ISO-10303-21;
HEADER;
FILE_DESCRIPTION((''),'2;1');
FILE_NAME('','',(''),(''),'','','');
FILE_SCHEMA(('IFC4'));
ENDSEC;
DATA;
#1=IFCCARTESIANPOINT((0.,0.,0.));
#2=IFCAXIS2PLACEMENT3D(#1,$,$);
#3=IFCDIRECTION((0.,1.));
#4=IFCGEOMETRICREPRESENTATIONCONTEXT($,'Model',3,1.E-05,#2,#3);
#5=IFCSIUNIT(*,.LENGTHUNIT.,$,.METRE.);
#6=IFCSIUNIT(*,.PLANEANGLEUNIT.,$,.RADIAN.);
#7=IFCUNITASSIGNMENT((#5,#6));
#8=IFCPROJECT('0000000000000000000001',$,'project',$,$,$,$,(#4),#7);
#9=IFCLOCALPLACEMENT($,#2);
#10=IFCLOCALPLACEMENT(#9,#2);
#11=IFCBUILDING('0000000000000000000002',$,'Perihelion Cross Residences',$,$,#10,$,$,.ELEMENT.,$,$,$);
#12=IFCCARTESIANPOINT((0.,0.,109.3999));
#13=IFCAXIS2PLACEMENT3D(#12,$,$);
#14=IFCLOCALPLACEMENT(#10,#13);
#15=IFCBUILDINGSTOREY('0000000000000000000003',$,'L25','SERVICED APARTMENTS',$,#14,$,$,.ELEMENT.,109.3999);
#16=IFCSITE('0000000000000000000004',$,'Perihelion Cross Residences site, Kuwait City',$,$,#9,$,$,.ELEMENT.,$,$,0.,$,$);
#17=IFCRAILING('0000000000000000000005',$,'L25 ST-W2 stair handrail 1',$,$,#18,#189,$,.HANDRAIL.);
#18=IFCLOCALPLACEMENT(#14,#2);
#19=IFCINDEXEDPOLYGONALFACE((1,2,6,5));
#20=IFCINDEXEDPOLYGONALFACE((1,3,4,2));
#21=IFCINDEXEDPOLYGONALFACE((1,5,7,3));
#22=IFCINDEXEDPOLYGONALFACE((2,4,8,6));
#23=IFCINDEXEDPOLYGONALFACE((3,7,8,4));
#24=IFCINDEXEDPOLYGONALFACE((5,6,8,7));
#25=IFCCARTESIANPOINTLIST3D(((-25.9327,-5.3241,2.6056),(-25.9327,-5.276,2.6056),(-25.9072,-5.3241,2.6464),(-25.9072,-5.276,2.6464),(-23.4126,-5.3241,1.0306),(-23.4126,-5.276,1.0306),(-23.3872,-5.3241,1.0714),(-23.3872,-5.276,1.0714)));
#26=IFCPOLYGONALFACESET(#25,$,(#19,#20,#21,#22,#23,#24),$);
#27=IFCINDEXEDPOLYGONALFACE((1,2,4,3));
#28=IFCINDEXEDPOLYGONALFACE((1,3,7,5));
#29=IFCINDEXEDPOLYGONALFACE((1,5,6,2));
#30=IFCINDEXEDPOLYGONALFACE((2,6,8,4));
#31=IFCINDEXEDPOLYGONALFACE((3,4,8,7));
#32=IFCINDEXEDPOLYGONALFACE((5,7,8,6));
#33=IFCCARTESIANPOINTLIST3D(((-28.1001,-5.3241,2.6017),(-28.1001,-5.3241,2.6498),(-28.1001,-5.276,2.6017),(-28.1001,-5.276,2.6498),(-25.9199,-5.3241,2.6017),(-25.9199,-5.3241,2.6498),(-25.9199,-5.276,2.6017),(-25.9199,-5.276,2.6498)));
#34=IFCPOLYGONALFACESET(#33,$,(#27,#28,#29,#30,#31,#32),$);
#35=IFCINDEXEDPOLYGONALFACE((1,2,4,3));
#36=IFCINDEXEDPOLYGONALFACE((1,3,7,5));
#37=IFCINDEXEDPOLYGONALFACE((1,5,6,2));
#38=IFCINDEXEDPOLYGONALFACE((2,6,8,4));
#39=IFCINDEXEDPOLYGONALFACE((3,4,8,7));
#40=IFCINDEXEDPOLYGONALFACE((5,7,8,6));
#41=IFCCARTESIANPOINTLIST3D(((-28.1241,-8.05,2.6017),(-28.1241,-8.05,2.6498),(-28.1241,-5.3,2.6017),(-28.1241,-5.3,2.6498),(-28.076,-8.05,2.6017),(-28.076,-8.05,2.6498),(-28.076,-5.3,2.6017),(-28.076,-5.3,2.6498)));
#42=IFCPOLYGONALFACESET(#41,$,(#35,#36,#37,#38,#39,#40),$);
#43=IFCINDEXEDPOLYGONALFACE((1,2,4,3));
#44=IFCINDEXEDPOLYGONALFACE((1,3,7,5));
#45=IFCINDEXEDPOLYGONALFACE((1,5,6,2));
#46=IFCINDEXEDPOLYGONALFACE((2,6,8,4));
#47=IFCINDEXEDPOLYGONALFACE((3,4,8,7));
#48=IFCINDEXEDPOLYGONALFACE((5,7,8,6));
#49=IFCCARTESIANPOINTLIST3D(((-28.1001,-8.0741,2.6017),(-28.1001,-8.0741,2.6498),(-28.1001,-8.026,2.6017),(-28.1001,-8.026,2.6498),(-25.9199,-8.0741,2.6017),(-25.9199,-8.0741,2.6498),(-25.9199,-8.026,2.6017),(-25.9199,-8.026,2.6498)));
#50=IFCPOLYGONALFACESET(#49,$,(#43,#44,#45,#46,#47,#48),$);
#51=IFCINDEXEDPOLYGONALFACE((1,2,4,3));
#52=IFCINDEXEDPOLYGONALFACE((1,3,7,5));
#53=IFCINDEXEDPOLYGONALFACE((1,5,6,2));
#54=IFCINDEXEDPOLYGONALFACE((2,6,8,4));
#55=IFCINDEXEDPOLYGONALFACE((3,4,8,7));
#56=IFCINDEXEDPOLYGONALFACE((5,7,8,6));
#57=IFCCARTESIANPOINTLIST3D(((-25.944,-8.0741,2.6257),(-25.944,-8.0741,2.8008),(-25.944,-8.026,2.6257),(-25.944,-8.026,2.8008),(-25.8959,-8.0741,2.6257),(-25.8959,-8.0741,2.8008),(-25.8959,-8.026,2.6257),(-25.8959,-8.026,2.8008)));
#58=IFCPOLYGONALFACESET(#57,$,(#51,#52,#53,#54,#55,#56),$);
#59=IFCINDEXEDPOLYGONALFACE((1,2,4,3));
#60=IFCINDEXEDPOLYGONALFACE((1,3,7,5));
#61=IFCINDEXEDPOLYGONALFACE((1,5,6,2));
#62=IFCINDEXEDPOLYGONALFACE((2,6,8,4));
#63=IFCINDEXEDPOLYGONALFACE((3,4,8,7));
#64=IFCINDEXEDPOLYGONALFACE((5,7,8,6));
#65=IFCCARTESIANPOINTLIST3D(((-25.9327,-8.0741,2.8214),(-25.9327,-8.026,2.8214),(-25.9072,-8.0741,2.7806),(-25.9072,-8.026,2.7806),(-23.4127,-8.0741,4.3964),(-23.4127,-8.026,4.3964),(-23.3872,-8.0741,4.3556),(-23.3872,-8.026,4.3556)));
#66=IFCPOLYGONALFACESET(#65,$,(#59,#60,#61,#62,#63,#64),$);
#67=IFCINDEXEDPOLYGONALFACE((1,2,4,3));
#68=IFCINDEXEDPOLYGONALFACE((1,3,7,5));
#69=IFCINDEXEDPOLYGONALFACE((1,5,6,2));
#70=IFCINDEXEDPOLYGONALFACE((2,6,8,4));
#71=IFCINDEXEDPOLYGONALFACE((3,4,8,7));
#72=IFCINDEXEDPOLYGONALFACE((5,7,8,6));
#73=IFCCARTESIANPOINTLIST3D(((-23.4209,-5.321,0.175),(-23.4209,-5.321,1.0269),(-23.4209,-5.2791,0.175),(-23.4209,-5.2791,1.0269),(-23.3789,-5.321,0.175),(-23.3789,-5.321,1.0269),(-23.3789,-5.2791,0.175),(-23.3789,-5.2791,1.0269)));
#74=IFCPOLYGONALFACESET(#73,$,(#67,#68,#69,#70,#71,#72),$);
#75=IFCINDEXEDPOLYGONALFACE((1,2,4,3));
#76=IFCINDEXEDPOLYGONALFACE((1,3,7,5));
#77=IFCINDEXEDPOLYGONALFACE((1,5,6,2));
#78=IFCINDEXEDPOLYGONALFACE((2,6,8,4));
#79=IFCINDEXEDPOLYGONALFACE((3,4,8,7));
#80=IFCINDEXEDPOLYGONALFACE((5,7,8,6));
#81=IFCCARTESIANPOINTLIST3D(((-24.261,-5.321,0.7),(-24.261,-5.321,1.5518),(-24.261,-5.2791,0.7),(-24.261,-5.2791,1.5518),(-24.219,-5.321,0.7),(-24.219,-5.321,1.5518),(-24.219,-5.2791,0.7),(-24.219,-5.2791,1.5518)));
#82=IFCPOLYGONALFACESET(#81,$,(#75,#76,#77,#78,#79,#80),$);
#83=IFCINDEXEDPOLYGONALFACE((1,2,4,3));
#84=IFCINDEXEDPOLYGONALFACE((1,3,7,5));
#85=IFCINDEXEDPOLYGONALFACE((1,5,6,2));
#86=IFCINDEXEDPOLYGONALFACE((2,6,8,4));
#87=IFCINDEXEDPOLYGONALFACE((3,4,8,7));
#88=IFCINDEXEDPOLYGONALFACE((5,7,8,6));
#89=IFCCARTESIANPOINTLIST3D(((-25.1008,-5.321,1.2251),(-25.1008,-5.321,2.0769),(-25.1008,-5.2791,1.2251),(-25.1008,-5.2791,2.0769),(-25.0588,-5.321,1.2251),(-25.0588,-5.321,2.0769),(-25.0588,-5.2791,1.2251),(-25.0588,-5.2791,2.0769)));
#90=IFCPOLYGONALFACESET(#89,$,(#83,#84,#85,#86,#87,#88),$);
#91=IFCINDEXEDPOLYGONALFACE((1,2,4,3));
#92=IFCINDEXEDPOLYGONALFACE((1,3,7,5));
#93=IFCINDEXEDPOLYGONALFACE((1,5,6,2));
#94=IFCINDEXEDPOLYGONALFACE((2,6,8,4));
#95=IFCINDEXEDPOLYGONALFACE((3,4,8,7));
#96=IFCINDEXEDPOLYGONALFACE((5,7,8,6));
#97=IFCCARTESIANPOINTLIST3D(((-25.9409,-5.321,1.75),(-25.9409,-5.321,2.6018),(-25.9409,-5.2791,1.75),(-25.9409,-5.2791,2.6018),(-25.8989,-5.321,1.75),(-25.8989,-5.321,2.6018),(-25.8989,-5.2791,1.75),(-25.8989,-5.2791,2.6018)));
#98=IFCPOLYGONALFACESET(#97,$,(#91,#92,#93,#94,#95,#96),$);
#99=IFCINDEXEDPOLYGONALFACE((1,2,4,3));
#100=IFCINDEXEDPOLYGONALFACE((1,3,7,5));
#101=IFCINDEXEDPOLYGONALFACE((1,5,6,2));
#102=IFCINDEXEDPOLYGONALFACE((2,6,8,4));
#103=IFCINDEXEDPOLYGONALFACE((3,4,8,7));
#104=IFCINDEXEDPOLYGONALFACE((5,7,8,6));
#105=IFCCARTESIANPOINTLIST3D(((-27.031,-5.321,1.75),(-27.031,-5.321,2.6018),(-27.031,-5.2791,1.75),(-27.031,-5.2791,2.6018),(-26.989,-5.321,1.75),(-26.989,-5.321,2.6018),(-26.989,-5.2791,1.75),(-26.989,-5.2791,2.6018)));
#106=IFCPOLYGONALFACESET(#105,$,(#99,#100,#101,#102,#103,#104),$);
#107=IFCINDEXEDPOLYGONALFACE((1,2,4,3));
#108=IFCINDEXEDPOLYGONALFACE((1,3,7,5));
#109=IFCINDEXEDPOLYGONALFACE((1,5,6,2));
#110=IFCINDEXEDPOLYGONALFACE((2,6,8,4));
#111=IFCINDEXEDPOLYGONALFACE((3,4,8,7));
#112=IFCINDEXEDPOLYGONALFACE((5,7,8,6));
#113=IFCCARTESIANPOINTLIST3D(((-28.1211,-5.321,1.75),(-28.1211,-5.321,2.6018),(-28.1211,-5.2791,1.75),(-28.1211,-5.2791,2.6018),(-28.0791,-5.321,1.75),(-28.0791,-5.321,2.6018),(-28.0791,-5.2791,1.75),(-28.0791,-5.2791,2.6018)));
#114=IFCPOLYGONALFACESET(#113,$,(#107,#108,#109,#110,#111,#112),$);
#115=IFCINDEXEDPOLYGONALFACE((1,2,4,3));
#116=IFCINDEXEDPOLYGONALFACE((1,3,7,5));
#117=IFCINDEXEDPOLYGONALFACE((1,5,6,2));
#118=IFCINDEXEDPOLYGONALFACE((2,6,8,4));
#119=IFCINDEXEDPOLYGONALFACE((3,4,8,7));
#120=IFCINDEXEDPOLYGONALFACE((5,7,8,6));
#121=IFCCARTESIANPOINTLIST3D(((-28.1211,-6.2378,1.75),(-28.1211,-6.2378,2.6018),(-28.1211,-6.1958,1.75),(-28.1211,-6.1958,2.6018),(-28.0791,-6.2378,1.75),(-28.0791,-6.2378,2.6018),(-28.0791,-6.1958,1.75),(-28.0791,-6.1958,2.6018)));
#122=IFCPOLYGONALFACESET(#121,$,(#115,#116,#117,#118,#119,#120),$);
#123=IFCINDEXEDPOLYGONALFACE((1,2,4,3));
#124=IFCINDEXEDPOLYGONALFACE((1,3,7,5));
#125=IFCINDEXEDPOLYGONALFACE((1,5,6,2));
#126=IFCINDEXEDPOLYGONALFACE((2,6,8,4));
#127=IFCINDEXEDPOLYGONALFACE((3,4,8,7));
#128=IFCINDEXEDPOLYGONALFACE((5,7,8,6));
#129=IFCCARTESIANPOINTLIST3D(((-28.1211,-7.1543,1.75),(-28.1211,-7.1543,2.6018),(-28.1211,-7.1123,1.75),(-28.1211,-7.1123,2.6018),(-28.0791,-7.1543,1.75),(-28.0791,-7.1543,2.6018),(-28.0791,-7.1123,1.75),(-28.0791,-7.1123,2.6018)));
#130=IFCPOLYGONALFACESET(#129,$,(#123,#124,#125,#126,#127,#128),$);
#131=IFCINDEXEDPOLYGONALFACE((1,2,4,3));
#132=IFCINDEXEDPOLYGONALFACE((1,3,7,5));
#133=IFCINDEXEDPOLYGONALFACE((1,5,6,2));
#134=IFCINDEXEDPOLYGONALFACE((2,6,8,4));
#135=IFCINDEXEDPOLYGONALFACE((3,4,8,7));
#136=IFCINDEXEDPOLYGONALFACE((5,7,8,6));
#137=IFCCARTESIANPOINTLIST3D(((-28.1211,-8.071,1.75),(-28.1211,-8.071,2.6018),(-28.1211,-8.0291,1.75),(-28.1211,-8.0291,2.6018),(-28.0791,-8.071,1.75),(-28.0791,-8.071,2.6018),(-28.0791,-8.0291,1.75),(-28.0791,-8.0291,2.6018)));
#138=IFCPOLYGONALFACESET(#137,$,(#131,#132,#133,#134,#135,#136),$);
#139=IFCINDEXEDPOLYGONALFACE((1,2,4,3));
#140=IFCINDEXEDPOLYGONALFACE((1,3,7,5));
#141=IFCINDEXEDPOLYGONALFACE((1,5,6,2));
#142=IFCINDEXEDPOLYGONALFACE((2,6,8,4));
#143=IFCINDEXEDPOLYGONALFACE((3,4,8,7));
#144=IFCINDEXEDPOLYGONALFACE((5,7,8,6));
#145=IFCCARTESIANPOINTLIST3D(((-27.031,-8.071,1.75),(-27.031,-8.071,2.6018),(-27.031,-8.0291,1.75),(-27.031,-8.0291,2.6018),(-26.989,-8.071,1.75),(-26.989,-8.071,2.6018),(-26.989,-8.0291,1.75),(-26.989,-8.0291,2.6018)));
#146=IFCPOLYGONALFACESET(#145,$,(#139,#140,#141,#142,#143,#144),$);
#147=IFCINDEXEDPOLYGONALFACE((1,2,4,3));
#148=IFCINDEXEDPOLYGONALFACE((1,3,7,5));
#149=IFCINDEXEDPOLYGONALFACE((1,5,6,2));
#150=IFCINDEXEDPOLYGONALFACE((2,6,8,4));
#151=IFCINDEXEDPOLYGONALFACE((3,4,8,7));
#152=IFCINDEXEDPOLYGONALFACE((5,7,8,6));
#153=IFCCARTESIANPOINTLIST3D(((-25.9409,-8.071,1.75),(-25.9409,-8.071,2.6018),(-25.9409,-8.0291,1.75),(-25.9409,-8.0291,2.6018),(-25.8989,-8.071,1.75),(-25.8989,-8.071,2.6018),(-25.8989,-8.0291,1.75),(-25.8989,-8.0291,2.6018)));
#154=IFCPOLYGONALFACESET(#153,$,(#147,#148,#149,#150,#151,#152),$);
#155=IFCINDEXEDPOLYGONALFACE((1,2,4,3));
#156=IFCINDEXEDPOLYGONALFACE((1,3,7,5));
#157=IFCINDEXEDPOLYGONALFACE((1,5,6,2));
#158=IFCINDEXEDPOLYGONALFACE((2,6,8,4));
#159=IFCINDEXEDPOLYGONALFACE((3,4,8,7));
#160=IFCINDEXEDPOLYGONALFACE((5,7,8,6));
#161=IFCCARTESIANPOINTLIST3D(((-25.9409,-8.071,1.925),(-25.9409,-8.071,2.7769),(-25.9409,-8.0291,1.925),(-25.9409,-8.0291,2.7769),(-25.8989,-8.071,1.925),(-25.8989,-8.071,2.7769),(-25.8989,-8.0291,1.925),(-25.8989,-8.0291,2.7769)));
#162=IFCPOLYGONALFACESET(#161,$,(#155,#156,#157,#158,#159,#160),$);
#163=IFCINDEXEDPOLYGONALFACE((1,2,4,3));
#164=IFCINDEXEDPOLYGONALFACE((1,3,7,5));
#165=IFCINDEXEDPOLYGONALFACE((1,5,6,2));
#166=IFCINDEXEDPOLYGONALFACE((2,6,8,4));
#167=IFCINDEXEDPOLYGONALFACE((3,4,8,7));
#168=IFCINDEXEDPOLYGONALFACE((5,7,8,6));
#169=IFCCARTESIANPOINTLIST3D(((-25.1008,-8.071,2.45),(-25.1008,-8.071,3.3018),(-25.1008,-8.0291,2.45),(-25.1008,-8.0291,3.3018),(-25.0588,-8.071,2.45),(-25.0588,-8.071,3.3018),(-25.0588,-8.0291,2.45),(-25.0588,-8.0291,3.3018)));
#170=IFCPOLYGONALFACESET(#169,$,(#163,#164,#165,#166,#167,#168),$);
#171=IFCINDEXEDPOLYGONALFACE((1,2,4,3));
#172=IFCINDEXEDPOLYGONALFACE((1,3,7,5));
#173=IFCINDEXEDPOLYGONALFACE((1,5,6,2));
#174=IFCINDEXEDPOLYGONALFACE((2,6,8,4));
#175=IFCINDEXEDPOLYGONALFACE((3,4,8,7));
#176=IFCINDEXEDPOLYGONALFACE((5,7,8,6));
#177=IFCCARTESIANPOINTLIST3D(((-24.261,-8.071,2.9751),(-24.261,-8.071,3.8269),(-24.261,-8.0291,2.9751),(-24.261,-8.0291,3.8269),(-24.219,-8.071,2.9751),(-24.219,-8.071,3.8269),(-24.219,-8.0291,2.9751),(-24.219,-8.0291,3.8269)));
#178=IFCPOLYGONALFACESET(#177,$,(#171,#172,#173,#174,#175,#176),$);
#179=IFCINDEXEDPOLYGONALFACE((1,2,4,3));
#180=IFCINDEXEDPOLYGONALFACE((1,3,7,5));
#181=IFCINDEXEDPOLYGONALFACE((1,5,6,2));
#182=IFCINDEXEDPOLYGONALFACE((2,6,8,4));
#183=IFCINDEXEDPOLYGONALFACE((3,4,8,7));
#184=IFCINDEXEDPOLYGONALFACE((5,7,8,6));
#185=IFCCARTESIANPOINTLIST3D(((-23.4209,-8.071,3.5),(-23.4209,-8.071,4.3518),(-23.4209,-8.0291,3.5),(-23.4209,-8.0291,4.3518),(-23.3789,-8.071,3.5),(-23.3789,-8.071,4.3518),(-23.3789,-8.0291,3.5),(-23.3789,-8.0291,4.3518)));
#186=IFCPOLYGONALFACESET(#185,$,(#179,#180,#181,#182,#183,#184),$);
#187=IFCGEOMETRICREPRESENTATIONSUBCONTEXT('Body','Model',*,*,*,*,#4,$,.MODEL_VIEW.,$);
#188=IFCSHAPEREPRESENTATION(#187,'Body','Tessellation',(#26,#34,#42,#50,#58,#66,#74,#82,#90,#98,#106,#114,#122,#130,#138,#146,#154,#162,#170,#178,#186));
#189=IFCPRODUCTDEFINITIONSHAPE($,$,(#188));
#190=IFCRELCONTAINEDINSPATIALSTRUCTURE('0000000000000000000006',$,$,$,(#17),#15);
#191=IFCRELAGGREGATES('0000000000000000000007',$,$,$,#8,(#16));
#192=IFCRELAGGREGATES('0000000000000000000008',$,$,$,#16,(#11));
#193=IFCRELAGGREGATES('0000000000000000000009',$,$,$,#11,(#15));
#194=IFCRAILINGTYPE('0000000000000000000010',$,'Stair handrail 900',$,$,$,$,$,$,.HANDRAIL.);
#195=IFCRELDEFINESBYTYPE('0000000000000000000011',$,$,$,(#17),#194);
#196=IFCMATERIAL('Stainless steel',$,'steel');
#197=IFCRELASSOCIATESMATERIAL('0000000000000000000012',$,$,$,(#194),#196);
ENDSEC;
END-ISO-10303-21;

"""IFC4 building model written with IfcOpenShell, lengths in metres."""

from ifc_helpers import new_model, si_unit, direction, frame, origin, origin_2d, place, context, subcontext, project, spatial, rectangle, extrude, material, type_object, element, save


model = new_model("IFC4")

# Units and contexts
model_context = context("Model", 3, precision=1e-05, world=origin(), true_north=direction((0.0, 1.0)))
body_context = subcontext(model_context, "Body", "Model", "MODEL_VIEW")
ifc_project = project(units=[si_unit("LENGTHUNIT", "METRE"), si_unit("PLANEANGLEUNIT", "RADIAN")], contexts=[model_context])

# Site, building, storey
site_placement = place(None, origin())
site = spatial("IfcSite", under=ifc_project, at=site_placement, Name="Perihelion Cross Residences site, Kuwait City", CompositionType="ELEMENT", RefElevation=0.0)
building_placement = place(site_placement, origin())
building = spatial("IfcBuilding", under=site, at=building_placement, Name="Perihelion Cross Residences", CompositionType="ELEMENT")
storey_placement = place(building_placement, frame((0.0, 0.0, 109.3999)))
storey = spatial("IfcBuildingStorey", under=building, at=storey_placement, Name="L25", Description="SERVICED APARTMENTS", CompositionType="ELEMENT", Elevation=109.3999)

# Railing
ifc_material_1 = material(Name="Stainless steel", Category="steel")
railing_type_1 = type_object("IfcRailingType", Name="Stair handrail 900", PredefinedType="HANDRAIL", material=ifc_material_1)
railing_1_placement = place(storey_placement, frame((-23.3999, -5.3, 0.175)))
element("IfcRailing", 1, at=railing_1_placement, inside=storey, type_object=railing_type_1, Name="L25 ST-W2 stair handrail 1", PredefinedType="HANDRAIL", context=body_context, shape_type="SweptSolid", body=[
    extrude(rectangle(XDim=0.0481, YDim=0.0481, at=origin_2d()), frame((0.0, 0.0, 0.876), z_axis=(-0.848008, 0.0, 0.529984), x_axis=(0.0, -1.0, 0.0)), (0.0, 0.0, 1.0), 2.9717),
    extrude(rectangle(XDim=0.0481, YDim=0.0481, at=origin_2d()), frame((-2.52, 0.0, 2.4507), z_axis=(-1.0, 0.0, 0.0), x_axis=(0.0, -1.0, 0.0)), (0.0, 0.0, 1.0), 2.1802),
    extrude(rectangle(XDim=0.0481, YDim=0.0481, at=origin_2d()), frame((-4.7002, 0.0, 2.4507), z_axis=(0.0, -1.0, 0.0), x_axis=(1.0, 0.0, 0.0)), (0.0, 0.0, 1.0), 2.75),
    extrude(rectangle(XDim=0.0481, YDim=0.0481, at=origin_2d()), frame((-4.7002, -2.75, 2.4507), z_axis=(1.0, 0.0, 0.0), x_axis=(0.0, 1.0, 0.0)), (0.0, 0.0, 1.0), 2.1802),
    extrude(rectangle(XDim=0.0481, YDim=0.0481, at=origin_2d()), frame((-2.52, -2.75, 2.4507), z_axis=(0.0, 0.0, 1.0), x_axis=(1.0, 0.0, 0.0)), (0.0, 0.0, 1.0), 0.175),
    extrude(rectangle(XDim=0.0481, YDim=0.0481, at=origin_2d()), frame((-2.52, -2.75, 2.626), z_axis=(0.848008, 0.0, 0.529984), x_axis=(0.0, 1.0, 0.0)), (0.0, 0.0, 1.0), 2.9717),
    extrude(rectangle(XDim=0.042, YDim=0.042, at=origin_2d()), origin(), (0.0, 0.0, 1.0), 0.8518),
    extrude(rectangle(XDim=0.042, YDim=0.042, at=origin_2d()), frame((-0.8401, 0.0, 0.5249)), (0.0, 0.0, 1.0), 0.8518),
    extrude(rectangle(XDim=0.042, YDim=0.042, at=origin_2d()), frame((-1.6799, 0.0, 1.05)), (0.0, 0.0, 1.0), 0.8518),
    extrude(rectangle(XDim=0.042, YDim=0.042, at=origin_2d()), frame((-2.52, 0.0, 1.575)), (0.0, 0.0, 1.0), 0.8518),
    extrude(rectangle(XDim=0.042, YDim=0.042, at=origin_2d()), frame((-3.6101, 0.0, 1.575)), (0.0, 0.0, 1.0), 0.8518),
    extrude(rectangle(XDim=0.042, YDim=0.042, at=origin_2d()), frame((-4.7002, 0.0, 1.575)), (0.0, 0.0, 1.0), 0.8518),
    extrude(rectangle(XDim=0.042, YDim=0.042, at=origin_2d()), frame((-4.7002, -0.9167, 1.575)), (0.0, 0.0, 1.0), 0.8518),
    extrude(rectangle(XDim=0.042, YDim=0.042, at=origin_2d()), frame((-4.7002, -1.8333, 1.575)), (0.0, 0.0, 1.0), 0.8518),
    extrude(rectangle(XDim=0.042, YDim=0.042, at=origin_2d()), frame((-4.7002, -2.75, 1.575)), (0.0, 0.0, 1.0), 0.8518),
    extrude(rectangle(XDim=0.042, YDim=0.042, at=origin_2d()), frame((-3.6101, -2.75, 1.575)), (0.0, 0.0, 1.0), 0.8518),
    extrude(rectangle(XDim=0.042, YDim=0.042, at=origin_2d()), frame((-2.52, -2.75, 1.575)), (0.0, 0.0, 1.0), 0.8518),
    extrude(rectangle(XDim=0.042, YDim=0.042, at=origin_2d()), frame((-2.52, -2.75, 1.75)), (0.0, 0.0, 1.0), 0.8518),
    extrude(rectangle(XDim=0.042, YDim=0.042, at=origin_2d()), frame((-1.6799, -2.75, 2.2749)), (0.0, 0.0, 1.0), 0.8518),
    extrude(rectangle(XDim=0.042, YDim=0.042, at=origin_2d()), frame((-0.8401, -2.75, 2.8)), (0.0, 0.0, 1.0), 0.8518),
    extrude(rectangle(XDim=0.042, YDim=0.042, at=origin_2d()), frame((0.0, -2.75, 3.325)), (0.0, 0.0, 1.0), 0.8518),
])

save(model, "model.ifc")
